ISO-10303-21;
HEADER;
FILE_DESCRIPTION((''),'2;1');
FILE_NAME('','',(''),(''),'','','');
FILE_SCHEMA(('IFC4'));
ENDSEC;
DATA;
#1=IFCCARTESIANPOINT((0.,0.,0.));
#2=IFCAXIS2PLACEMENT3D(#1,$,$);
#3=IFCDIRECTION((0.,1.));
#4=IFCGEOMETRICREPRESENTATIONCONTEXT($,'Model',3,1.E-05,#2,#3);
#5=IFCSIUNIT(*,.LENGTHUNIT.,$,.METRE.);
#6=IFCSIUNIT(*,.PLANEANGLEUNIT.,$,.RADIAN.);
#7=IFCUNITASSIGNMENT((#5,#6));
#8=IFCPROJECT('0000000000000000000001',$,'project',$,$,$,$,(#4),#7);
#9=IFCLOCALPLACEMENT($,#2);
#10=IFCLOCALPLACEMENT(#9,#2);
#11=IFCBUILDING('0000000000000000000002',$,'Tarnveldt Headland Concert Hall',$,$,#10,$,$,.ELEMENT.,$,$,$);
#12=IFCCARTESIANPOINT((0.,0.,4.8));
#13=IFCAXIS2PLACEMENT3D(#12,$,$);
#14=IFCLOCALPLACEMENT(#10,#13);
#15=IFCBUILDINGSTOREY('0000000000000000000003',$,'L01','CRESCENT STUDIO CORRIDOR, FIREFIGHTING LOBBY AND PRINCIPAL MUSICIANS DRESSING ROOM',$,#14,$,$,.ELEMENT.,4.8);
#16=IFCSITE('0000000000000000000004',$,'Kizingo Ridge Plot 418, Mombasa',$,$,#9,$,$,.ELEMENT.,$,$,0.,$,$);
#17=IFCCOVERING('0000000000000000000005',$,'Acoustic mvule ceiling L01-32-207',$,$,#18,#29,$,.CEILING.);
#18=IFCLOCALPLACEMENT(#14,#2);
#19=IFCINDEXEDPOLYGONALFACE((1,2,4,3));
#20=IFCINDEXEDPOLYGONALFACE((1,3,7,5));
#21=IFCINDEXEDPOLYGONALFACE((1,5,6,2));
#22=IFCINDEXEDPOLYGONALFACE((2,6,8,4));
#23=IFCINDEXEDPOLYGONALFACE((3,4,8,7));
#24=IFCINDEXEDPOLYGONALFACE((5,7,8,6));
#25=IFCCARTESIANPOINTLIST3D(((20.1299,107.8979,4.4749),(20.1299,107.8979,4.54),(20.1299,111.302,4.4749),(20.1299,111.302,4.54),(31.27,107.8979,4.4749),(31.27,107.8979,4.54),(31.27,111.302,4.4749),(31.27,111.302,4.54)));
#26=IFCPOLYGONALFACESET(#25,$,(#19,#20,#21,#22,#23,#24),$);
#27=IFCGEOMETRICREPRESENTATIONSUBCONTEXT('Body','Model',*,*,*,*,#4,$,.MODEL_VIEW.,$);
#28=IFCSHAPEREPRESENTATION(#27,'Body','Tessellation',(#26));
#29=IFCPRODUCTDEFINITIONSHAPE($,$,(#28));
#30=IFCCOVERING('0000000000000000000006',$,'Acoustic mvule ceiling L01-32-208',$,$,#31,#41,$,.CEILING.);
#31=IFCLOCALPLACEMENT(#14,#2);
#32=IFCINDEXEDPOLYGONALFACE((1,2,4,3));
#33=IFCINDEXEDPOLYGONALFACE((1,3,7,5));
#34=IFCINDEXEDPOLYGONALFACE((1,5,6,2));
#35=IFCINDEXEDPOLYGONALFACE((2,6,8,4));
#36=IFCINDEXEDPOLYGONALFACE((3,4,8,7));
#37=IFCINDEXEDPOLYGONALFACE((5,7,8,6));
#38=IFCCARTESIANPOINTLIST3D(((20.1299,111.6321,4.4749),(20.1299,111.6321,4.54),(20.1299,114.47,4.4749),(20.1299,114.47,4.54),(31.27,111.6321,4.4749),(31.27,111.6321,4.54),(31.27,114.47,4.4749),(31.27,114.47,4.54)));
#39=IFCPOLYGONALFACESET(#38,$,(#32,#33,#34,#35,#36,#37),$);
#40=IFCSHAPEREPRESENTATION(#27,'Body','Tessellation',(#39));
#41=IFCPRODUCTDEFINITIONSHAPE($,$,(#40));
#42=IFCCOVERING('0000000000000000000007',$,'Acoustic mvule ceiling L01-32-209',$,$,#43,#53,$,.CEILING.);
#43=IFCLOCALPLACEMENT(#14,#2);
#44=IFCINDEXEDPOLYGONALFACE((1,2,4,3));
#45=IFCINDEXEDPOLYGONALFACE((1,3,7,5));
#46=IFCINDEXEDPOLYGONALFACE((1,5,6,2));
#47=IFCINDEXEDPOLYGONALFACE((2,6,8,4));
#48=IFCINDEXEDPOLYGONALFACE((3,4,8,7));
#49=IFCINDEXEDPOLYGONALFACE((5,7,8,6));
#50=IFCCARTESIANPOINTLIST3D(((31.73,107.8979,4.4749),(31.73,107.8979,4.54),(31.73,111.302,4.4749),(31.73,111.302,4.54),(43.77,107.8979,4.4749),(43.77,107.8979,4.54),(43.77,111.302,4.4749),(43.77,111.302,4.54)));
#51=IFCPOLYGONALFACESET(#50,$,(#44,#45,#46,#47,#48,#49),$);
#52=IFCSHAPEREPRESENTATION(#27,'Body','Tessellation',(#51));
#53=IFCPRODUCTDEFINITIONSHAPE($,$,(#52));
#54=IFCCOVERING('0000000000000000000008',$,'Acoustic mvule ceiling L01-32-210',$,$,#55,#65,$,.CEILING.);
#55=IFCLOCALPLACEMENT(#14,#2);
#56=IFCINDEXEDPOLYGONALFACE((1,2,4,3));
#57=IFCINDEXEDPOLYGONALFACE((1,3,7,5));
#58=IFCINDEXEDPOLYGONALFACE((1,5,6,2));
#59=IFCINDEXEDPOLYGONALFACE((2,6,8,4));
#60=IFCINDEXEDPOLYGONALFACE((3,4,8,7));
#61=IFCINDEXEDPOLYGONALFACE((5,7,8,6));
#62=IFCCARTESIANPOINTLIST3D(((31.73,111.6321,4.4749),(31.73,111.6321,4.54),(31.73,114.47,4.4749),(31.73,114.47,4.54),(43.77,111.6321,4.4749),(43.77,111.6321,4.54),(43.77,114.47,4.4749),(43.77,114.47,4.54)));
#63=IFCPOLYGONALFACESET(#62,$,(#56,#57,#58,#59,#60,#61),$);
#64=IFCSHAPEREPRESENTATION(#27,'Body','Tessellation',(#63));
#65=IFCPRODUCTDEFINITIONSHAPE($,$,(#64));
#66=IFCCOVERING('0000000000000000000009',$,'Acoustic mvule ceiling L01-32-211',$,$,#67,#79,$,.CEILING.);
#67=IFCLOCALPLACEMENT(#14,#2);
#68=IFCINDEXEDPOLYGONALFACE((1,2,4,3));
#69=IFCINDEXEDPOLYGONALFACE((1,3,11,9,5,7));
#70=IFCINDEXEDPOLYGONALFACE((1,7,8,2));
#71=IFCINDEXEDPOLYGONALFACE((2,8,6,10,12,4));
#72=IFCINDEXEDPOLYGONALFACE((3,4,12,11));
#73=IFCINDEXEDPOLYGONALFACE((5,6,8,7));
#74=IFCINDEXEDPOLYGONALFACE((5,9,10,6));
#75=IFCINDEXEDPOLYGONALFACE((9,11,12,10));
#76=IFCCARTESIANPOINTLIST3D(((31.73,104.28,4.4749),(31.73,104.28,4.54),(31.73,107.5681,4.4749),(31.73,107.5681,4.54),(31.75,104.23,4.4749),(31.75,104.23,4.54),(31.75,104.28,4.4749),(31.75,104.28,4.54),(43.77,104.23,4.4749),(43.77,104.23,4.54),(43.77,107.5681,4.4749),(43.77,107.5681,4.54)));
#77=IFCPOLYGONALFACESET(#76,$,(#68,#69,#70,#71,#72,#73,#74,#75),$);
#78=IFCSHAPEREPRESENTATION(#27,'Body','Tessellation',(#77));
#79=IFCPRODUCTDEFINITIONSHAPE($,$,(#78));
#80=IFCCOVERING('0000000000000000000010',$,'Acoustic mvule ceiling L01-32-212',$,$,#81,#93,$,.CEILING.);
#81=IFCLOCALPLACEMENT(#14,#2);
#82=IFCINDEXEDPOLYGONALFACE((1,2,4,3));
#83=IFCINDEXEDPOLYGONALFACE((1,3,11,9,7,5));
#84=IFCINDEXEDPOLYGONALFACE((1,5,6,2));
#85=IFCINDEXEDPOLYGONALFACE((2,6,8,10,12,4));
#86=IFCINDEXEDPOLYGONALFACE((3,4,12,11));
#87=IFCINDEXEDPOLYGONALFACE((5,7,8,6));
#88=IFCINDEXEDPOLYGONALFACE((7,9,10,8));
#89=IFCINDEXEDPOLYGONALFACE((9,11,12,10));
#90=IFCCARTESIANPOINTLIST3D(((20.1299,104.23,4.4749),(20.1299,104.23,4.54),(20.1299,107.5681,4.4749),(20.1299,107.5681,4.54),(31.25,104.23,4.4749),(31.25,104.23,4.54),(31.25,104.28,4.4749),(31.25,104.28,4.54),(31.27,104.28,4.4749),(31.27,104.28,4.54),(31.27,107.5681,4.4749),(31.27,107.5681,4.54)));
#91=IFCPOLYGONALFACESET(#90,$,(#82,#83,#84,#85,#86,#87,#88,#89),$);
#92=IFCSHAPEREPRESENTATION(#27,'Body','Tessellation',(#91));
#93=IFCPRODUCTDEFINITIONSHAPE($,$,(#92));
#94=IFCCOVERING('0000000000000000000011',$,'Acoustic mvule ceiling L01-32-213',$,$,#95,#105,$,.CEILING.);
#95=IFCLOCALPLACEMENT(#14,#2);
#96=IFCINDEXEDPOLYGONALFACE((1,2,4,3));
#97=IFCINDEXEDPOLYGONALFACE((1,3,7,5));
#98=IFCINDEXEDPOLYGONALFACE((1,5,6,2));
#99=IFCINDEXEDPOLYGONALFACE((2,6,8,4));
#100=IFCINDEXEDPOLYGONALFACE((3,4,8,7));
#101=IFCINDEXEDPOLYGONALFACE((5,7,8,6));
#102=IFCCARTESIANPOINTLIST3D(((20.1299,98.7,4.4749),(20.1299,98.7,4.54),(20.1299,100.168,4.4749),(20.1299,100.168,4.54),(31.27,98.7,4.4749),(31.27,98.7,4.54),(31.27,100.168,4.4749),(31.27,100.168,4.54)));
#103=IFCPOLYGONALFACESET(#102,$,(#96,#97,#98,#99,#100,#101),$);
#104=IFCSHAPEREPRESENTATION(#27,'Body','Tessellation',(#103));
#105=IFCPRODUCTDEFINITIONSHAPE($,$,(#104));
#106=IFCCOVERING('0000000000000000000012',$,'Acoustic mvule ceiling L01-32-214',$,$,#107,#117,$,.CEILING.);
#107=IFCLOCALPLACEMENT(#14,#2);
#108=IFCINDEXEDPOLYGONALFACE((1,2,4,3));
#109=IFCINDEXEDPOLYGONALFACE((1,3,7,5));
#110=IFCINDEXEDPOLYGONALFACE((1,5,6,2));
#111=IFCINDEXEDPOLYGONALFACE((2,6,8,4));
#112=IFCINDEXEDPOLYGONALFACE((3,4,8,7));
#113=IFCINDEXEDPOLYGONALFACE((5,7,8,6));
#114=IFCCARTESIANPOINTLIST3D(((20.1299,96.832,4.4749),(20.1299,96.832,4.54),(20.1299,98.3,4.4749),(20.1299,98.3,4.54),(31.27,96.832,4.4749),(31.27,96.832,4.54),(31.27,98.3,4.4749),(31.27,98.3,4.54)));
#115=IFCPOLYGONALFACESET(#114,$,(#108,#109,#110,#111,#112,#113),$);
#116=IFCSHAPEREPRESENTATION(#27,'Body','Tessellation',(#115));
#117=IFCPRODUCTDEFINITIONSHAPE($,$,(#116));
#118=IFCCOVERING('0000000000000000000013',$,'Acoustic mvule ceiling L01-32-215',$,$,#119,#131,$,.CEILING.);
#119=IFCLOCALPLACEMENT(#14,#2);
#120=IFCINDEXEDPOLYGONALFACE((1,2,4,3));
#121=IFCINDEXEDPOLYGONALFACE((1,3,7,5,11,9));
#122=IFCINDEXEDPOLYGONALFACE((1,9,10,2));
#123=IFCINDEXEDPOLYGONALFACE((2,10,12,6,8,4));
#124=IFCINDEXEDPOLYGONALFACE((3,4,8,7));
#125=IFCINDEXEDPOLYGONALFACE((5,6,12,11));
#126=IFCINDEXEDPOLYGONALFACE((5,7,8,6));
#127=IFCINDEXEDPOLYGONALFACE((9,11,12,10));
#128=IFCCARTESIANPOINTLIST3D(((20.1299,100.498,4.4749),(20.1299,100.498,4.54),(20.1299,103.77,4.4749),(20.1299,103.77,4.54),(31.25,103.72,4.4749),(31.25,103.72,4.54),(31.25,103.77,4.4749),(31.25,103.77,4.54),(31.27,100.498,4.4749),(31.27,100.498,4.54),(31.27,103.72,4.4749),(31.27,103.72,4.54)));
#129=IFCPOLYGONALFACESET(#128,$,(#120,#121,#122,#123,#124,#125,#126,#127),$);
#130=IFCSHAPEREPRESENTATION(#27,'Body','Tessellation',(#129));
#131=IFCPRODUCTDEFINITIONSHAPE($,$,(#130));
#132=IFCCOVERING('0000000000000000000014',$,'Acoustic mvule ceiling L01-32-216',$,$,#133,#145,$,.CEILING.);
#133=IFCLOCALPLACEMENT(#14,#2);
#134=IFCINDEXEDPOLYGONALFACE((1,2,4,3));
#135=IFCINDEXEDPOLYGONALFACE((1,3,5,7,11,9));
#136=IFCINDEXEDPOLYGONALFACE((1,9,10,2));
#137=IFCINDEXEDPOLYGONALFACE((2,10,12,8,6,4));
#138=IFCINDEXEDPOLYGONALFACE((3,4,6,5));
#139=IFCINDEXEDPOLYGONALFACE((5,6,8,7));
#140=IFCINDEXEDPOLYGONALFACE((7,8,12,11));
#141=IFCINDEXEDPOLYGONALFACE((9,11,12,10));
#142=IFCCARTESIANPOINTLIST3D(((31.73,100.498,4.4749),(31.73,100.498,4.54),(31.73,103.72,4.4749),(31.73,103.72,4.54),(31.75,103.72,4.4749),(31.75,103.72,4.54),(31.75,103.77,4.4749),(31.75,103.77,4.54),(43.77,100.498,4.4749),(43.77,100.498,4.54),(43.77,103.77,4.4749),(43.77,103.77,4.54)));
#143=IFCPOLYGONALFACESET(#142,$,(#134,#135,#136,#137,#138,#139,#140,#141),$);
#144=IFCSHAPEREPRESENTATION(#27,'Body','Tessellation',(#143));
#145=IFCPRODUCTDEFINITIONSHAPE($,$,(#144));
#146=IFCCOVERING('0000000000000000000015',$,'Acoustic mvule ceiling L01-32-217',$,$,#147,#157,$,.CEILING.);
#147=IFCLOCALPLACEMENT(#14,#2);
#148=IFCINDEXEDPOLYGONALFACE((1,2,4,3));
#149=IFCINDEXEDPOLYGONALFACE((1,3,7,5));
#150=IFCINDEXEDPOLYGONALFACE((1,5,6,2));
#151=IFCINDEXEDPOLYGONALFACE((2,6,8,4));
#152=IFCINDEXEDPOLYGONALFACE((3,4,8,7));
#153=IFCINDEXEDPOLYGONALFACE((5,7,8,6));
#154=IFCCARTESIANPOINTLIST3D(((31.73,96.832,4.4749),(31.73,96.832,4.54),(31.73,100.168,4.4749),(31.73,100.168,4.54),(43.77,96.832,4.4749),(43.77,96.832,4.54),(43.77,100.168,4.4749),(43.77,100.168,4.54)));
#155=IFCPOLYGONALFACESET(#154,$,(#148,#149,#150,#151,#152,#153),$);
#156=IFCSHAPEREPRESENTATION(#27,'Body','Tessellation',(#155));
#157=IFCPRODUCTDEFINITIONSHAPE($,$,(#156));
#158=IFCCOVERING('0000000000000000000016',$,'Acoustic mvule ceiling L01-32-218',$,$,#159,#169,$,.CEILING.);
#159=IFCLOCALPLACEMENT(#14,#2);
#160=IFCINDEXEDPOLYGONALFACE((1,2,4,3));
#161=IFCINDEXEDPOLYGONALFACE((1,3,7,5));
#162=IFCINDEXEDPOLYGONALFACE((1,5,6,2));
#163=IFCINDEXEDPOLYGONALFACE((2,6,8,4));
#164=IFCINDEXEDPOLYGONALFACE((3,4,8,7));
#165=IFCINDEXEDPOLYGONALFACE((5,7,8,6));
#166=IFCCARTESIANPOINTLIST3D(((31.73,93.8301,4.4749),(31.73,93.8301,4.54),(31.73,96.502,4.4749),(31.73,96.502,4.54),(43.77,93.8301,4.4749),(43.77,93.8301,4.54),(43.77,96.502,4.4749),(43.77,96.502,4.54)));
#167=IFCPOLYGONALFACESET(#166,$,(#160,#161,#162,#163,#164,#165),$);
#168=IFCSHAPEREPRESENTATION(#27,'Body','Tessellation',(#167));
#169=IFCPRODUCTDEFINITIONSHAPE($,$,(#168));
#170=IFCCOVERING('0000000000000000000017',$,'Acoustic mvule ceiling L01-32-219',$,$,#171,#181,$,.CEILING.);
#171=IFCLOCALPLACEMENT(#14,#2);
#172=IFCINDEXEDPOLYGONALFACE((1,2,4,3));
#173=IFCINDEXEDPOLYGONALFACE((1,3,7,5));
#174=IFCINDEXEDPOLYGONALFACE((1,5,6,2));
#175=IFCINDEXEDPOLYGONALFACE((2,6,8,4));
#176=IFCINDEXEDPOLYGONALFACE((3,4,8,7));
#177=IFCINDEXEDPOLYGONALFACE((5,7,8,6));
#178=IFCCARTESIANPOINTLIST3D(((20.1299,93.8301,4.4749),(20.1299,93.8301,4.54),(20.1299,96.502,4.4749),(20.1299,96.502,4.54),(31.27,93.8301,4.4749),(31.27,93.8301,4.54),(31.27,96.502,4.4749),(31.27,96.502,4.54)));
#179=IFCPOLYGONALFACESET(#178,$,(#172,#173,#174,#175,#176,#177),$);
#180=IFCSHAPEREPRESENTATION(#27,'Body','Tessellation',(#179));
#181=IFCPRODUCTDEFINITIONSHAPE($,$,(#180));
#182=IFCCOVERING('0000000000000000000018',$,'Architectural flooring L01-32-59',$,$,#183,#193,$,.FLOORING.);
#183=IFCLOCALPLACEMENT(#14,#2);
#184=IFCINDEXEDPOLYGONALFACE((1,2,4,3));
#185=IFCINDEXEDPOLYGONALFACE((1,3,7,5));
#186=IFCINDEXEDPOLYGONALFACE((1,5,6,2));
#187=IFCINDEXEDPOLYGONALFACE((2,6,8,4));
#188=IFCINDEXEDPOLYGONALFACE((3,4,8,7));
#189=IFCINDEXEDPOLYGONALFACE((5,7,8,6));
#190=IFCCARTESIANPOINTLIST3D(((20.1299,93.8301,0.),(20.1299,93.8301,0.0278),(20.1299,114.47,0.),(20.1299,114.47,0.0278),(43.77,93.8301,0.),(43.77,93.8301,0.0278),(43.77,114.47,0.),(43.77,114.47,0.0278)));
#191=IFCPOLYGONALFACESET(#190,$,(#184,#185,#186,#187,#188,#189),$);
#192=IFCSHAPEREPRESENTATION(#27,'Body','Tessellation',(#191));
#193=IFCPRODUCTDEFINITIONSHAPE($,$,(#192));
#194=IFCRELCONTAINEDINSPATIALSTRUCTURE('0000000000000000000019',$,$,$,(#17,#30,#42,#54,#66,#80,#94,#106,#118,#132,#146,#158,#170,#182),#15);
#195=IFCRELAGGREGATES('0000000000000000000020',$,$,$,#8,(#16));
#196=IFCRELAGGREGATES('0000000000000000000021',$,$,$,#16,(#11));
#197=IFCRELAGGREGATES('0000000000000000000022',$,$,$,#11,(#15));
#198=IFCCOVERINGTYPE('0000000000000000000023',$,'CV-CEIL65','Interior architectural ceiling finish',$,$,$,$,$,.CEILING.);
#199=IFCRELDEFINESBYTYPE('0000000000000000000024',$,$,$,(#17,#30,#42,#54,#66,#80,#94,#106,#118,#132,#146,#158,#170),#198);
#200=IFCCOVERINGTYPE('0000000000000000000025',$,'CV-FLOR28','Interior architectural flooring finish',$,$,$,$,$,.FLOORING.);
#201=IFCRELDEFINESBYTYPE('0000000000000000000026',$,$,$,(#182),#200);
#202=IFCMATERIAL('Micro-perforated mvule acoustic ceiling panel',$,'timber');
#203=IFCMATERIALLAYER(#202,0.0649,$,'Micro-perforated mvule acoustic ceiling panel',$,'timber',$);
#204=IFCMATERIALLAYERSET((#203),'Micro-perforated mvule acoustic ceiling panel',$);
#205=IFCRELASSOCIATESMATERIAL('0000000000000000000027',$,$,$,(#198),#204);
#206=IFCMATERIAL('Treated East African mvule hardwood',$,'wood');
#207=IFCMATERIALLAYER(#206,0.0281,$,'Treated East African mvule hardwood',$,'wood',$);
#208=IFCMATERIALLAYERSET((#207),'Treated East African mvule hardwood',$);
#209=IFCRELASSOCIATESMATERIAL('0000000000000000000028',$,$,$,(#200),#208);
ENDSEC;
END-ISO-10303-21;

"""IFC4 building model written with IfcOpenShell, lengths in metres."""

from ifc_helpers import new_model, si_unit, direction, frame, origin, place, context, subcontext, project, spatial, polyline, outline, extrude, material, layer, layer_set, type_object, element, save


model = new_model("IFC4")

# Units and contexts
model_context = context("Model", 3, precision=1e-05, world=origin(), true_north=direction((0.0, 1.0)))
body_context = subcontext(model_context, "Body", "Model", "MODEL_VIEW")
ifc_project = project(units=[si_unit("LENGTHUNIT", "METRE"), si_unit("PLANEANGLEUNIT", "RADIAN")], contexts=[model_context])

# Site, building, storey
site_placement = place(None, origin())
site = spatial("IfcSite", under=ifc_project, at=site_placement, Name="Kizingo Ridge Plot 418, Mombasa", CompositionType="ELEMENT", RefElevation=0.0)
building_placement = place(site_placement, origin())
building = spatial("IfcBuilding", under=site, at=building_placement, Name="Tarnveldt Headland Concert Hall", CompositionType="ELEMENT")
storey_placement = place(building_placement, frame((0.0, 0.0, 4.8)))
storey = spatial("IfcBuildingStorey", under=building, at=storey_placement, Name="L01", Description="CRESCENT STUDIO CORRIDOR, FIREFIGHTING LOBBY AND PRINCIPAL MUSICIANS DRESSING ROOM", CompositionType="ELEMENT", Elevation=4.8)

# Coverings
ifc_material_1 = material(Name="Micro-perforated mvule acoustic ceiling panel", Category="timber")
ifc_layer_1 = layer(ifc_material_1, 0.0649, Name="Micro-perforated mvule acoustic ceiling panel", Category="timber")
ifc_layer_set_1 = layer_set([ifc_layer_1], Name="Micro-perforated mvule acoustic ceiling panel")
covering_type_1 = type_object("IfcCoveringType", Name="CV-CEIL65", Description="Interior architectural ceiling finish", PredefinedType="CEILING", material=ifc_layer_set_1)
covering_1_placement = place(storey_placement, frame((0.0, 0.0, 4.4749)))
element("IfcCovering", 1, at=covering_1_placement, inside=storey, type_object=covering_type_1, Name="Acoustic mvule ceiling L01-32-207", PredefinedType="CEILING", context=body_context, shape_type="SweptSolid", body=[
    extrude(outline(polyline([(20.1299, 107.8979), (20.1299, 111.302), (31.27, 111.302), (31.27, 107.8979), (20.1299, 107.8979)])), origin(), (0.0, 0.0, 1.0), 0.0652),
])
covering_2_placement = place(storey_placement, frame((0.0, 0.0, 4.4749)))
element("IfcCovering", 2, at=covering_2_placement, inside=storey, type_object=covering_type_1, Name="Acoustic mvule ceiling L01-32-208", PredefinedType="CEILING", context=body_context, shape_type="SweptSolid", body=[
    extrude(outline(polyline([(20.1299, 111.6321), (20.1299, 114.47), (31.27, 114.47), (31.27, 111.6321), (20.1299, 111.6321)])), origin(), (0.0, 0.0, 1.0), 0.0652),
])
covering_3_placement = place(storey_placement, frame((0.0, 0.0, 4.4749)))
element("IfcCovering", 3, at=covering_3_placement, inside=storey, type_object=covering_type_1, Name="Acoustic mvule ceiling L01-32-209", PredefinedType="CEILING", context=body_context, shape_type="SweptSolid", body=[
    extrude(outline(polyline([(43.77, 111.302), (43.77, 107.8979), (31.73, 107.8979), (31.73, 111.302), (43.77, 111.302)])), origin(), (0.0, 0.0, 1.0), 0.0652),
])
covering_4_placement = place(storey_placement, frame((0.0, 0.0, 4.4749)))
element("IfcCovering", 4, at=covering_4_placement, inside=storey, type_object=covering_type_1, Name="Acoustic mvule ceiling L01-32-210", PredefinedType="CEILING", context=body_context, shape_type="SweptSolid", body=[
    extrude(outline(polyline([(43.77, 111.6321), (31.73, 111.6321), (31.73, 114.47), (43.77, 114.47), (43.77, 111.6321)])), origin(), (0.0, 0.0, 1.0), 0.0652),
])
covering_5_placement = place(storey_placement, frame((0.0, 0.0, 4.4749)))
element("IfcCovering", 5, at=covering_5_placement, inside=storey, type_object=covering_type_1, Name="Acoustic mvule ceiling L01-32-211", PredefinedType="CEILING", context=body_context, shape_type="SweptSolid", body=[
    extrude(outline(polyline([(31.73, 104.28), (31.73, 107.5681), (43.77, 107.5681), (43.77, 104.23), (31.75, 104.23), (31.75, 104.28), (31.73, 104.28)])), origin(), (0.0, 0.0, 1.0), 0.0652),
])
covering_6_placement = place(storey_placement, frame((0.0, 0.0, 4.4749)))
element("IfcCovering", 6, at=covering_6_placement, inside=storey, type_object=covering_type_1, Name="Acoustic mvule ceiling L01-32-212", PredefinedType="CEILING", context=body_context, shape_type="SweptSolid", body=[
    extrude(outline(polyline([(31.27, 107.5681), (31.27, 104.28), (31.25, 104.28), (31.25, 104.23), (20.1299, 104.23), (20.1299, 107.5681), (31.27, 107.5681)])), origin(), (0.0, 0.0, 1.0), 0.0652),
])
covering_7_placement = place(storey_placement, frame((0.0, 0.0, 4.4749)))
element("IfcCovering", 7, at=covering_7_placement, inside=storey, type_object=covering_type_1, Name="Acoustic mvule ceiling L01-32-213", PredefinedType="CEILING", context=body_context, shape_type="SweptSolid", body=[
    extrude(outline(polyline([(31.27, 98.7), (20.1299, 98.7), (20.1299, 100.168), (31.27, 100.168), (31.27, 98.7)])), origin(), (0.0, 0.0, 1.0), 0.0652),
])
covering_8_placement = place(storey_placement, frame((0.0, 0.0, 4.4749)))
element("IfcCovering", 8, at=covering_8_placement, inside=storey, type_object=covering_type_1, Name="Acoustic mvule ceiling L01-32-214", PredefinedType="CEILING", context=body_context, shape_type="SweptSolid", body=[
    extrude(outline(polyline([(20.1299, 96.832), (20.1299, 98.3), (31.27, 98.3), (31.27, 96.832), (20.1299, 96.832)])), origin(), (0.0, 0.0, 1.0), 0.0652),
])
covering_9_placement = place(storey_placement, frame((0.0, 0.0, 4.4749)))
element("IfcCovering", 9, at=covering_9_placement, inside=storey, type_object=covering_type_1, Name="Acoustic mvule ceiling L01-32-215", PredefinedType="CEILING", context=body_context, shape_type="SweptSolid", body=[
    extrude(outline(polyline([(20.1299, 103.77), (31.25, 103.77), (31.25, 103.72), (31.27, 103.72), (31.27, 100.498), (20.1299, 100.498), (20.1299, 103.77)])), origin(), (0.0, 0.0, 1.0), 0.0652),
])
covering_10_placement = place(storey_placement, frame((0.0, 0.0, 4.4749)))
element("IfcCovering", 10, at=covering_10_placement, inside=storey, type_object=covering_type_1, Name="Acoustic mvule ceiling L01-32-216", PredefinedType="CEILING", context=body_context, shape_type="SweptSolid", body=[
    extrude(outline(polyline([(31.75, 103.77), (43.77, 103.77), (43.77, 100.498), (31.73, 100.498), (31.73, 103.72), (31.75, 103.72), (31.75, 103.77)])), origin(), (0.0, 0.0, 1.0), 0.0652),
])
covering_11_placement = place(storey_placement, frame((0.0, 0.0, 4.4749)))
element("IfcCovering", 11, at=covering_11_placement, inside=storey, type_object=covering_type_1, Name="Acoustic mvule ceiling L01-32-217", PredefinedType="CEILING", context=body_context, shape_type="SweptSolid", body=[
    extrude(outline(polyline([(31.73, 96.832), (31.73, 100.168), (43.77, 100.168), (43.77, 96.832), (31.73, 96.832)])), origin(), (0.0, 0.0, 1.0), 0.0652),
])
covering_12_placement = place(storey_placement, frame((0.0, 0.0, 4.4749)))
element("IfcCovering", 12, at=covering_12_placement, inside=storey, type_object=covering_type_1, Name="Acoustic mvule ceiling L01-32-218", PredefinedType="CEILING", context=body_context, shape_type="SweptSolid", body=[
    extrude(outline(polyline([(31.73, 96.502), (43.77, 96.502), (43.77, 93.8301), (31.73, 93.8301), (31.73, 96.502)])), origin(), (0.0, 0.0, 1.0), 0.0652),
])
covering_13_placement = place(storey_placement, frame((0.0, 0.0, 4.4749)))
element("IfcCovering", 13, at=covering_13_placement, inside=storey, type_object=covering_type_1, Name="Acoustic mvule ceiling L01-32-219", PredefinedType="CEILING", context=body_context, shape_type="SweptSolid", body=[
    extrude(outline(polyline([(31.27, 93.8301), (20.1299, 93.8301), (20.1299, 96.502), (31.27, 96.502), (31.27, 93.8301)])), origin(), (0.0, 0.0, 1.0), 0.0652),
])
ifc_material_2 = material(Name="Treated East African mvule hardwood", Category="wood")
ifc_layer_2 = layer(ifc_material_2, 0.0281, Name="Treated East African mvule hardwood", Category="wood")
ifc_layer_set_2 = layer_set([ifc_layer_2], Name="Treated East African mvule hardwood")
covering_type_2 = type_object("IfcCoveringType", Name="CV-FLOR28", Description="Interior architectural flooring finish", PredefinedType="FLOORING", material=ifc_layer_set_2)
covering_14_placement = place(storey_placement, origin())
element("IfcCovering", 14, at=covering_14_placement, inside=storey, type_object=covering_type_2, Name="Architectural flooring L01-32-59", PredefinedType="FLOORING", context=body_context, shape_type="SweptSolid", body=[
    extrude(outline(polyline([(43.77, 114.47), (43.77, 93.8301), (20.1299, 93.8301), (20.1299, 114.47), (43.77, 114.47)])), origin(), (0.0, 0.0, 1.0), 0.0278),
])

save(model, "model.ifc")
